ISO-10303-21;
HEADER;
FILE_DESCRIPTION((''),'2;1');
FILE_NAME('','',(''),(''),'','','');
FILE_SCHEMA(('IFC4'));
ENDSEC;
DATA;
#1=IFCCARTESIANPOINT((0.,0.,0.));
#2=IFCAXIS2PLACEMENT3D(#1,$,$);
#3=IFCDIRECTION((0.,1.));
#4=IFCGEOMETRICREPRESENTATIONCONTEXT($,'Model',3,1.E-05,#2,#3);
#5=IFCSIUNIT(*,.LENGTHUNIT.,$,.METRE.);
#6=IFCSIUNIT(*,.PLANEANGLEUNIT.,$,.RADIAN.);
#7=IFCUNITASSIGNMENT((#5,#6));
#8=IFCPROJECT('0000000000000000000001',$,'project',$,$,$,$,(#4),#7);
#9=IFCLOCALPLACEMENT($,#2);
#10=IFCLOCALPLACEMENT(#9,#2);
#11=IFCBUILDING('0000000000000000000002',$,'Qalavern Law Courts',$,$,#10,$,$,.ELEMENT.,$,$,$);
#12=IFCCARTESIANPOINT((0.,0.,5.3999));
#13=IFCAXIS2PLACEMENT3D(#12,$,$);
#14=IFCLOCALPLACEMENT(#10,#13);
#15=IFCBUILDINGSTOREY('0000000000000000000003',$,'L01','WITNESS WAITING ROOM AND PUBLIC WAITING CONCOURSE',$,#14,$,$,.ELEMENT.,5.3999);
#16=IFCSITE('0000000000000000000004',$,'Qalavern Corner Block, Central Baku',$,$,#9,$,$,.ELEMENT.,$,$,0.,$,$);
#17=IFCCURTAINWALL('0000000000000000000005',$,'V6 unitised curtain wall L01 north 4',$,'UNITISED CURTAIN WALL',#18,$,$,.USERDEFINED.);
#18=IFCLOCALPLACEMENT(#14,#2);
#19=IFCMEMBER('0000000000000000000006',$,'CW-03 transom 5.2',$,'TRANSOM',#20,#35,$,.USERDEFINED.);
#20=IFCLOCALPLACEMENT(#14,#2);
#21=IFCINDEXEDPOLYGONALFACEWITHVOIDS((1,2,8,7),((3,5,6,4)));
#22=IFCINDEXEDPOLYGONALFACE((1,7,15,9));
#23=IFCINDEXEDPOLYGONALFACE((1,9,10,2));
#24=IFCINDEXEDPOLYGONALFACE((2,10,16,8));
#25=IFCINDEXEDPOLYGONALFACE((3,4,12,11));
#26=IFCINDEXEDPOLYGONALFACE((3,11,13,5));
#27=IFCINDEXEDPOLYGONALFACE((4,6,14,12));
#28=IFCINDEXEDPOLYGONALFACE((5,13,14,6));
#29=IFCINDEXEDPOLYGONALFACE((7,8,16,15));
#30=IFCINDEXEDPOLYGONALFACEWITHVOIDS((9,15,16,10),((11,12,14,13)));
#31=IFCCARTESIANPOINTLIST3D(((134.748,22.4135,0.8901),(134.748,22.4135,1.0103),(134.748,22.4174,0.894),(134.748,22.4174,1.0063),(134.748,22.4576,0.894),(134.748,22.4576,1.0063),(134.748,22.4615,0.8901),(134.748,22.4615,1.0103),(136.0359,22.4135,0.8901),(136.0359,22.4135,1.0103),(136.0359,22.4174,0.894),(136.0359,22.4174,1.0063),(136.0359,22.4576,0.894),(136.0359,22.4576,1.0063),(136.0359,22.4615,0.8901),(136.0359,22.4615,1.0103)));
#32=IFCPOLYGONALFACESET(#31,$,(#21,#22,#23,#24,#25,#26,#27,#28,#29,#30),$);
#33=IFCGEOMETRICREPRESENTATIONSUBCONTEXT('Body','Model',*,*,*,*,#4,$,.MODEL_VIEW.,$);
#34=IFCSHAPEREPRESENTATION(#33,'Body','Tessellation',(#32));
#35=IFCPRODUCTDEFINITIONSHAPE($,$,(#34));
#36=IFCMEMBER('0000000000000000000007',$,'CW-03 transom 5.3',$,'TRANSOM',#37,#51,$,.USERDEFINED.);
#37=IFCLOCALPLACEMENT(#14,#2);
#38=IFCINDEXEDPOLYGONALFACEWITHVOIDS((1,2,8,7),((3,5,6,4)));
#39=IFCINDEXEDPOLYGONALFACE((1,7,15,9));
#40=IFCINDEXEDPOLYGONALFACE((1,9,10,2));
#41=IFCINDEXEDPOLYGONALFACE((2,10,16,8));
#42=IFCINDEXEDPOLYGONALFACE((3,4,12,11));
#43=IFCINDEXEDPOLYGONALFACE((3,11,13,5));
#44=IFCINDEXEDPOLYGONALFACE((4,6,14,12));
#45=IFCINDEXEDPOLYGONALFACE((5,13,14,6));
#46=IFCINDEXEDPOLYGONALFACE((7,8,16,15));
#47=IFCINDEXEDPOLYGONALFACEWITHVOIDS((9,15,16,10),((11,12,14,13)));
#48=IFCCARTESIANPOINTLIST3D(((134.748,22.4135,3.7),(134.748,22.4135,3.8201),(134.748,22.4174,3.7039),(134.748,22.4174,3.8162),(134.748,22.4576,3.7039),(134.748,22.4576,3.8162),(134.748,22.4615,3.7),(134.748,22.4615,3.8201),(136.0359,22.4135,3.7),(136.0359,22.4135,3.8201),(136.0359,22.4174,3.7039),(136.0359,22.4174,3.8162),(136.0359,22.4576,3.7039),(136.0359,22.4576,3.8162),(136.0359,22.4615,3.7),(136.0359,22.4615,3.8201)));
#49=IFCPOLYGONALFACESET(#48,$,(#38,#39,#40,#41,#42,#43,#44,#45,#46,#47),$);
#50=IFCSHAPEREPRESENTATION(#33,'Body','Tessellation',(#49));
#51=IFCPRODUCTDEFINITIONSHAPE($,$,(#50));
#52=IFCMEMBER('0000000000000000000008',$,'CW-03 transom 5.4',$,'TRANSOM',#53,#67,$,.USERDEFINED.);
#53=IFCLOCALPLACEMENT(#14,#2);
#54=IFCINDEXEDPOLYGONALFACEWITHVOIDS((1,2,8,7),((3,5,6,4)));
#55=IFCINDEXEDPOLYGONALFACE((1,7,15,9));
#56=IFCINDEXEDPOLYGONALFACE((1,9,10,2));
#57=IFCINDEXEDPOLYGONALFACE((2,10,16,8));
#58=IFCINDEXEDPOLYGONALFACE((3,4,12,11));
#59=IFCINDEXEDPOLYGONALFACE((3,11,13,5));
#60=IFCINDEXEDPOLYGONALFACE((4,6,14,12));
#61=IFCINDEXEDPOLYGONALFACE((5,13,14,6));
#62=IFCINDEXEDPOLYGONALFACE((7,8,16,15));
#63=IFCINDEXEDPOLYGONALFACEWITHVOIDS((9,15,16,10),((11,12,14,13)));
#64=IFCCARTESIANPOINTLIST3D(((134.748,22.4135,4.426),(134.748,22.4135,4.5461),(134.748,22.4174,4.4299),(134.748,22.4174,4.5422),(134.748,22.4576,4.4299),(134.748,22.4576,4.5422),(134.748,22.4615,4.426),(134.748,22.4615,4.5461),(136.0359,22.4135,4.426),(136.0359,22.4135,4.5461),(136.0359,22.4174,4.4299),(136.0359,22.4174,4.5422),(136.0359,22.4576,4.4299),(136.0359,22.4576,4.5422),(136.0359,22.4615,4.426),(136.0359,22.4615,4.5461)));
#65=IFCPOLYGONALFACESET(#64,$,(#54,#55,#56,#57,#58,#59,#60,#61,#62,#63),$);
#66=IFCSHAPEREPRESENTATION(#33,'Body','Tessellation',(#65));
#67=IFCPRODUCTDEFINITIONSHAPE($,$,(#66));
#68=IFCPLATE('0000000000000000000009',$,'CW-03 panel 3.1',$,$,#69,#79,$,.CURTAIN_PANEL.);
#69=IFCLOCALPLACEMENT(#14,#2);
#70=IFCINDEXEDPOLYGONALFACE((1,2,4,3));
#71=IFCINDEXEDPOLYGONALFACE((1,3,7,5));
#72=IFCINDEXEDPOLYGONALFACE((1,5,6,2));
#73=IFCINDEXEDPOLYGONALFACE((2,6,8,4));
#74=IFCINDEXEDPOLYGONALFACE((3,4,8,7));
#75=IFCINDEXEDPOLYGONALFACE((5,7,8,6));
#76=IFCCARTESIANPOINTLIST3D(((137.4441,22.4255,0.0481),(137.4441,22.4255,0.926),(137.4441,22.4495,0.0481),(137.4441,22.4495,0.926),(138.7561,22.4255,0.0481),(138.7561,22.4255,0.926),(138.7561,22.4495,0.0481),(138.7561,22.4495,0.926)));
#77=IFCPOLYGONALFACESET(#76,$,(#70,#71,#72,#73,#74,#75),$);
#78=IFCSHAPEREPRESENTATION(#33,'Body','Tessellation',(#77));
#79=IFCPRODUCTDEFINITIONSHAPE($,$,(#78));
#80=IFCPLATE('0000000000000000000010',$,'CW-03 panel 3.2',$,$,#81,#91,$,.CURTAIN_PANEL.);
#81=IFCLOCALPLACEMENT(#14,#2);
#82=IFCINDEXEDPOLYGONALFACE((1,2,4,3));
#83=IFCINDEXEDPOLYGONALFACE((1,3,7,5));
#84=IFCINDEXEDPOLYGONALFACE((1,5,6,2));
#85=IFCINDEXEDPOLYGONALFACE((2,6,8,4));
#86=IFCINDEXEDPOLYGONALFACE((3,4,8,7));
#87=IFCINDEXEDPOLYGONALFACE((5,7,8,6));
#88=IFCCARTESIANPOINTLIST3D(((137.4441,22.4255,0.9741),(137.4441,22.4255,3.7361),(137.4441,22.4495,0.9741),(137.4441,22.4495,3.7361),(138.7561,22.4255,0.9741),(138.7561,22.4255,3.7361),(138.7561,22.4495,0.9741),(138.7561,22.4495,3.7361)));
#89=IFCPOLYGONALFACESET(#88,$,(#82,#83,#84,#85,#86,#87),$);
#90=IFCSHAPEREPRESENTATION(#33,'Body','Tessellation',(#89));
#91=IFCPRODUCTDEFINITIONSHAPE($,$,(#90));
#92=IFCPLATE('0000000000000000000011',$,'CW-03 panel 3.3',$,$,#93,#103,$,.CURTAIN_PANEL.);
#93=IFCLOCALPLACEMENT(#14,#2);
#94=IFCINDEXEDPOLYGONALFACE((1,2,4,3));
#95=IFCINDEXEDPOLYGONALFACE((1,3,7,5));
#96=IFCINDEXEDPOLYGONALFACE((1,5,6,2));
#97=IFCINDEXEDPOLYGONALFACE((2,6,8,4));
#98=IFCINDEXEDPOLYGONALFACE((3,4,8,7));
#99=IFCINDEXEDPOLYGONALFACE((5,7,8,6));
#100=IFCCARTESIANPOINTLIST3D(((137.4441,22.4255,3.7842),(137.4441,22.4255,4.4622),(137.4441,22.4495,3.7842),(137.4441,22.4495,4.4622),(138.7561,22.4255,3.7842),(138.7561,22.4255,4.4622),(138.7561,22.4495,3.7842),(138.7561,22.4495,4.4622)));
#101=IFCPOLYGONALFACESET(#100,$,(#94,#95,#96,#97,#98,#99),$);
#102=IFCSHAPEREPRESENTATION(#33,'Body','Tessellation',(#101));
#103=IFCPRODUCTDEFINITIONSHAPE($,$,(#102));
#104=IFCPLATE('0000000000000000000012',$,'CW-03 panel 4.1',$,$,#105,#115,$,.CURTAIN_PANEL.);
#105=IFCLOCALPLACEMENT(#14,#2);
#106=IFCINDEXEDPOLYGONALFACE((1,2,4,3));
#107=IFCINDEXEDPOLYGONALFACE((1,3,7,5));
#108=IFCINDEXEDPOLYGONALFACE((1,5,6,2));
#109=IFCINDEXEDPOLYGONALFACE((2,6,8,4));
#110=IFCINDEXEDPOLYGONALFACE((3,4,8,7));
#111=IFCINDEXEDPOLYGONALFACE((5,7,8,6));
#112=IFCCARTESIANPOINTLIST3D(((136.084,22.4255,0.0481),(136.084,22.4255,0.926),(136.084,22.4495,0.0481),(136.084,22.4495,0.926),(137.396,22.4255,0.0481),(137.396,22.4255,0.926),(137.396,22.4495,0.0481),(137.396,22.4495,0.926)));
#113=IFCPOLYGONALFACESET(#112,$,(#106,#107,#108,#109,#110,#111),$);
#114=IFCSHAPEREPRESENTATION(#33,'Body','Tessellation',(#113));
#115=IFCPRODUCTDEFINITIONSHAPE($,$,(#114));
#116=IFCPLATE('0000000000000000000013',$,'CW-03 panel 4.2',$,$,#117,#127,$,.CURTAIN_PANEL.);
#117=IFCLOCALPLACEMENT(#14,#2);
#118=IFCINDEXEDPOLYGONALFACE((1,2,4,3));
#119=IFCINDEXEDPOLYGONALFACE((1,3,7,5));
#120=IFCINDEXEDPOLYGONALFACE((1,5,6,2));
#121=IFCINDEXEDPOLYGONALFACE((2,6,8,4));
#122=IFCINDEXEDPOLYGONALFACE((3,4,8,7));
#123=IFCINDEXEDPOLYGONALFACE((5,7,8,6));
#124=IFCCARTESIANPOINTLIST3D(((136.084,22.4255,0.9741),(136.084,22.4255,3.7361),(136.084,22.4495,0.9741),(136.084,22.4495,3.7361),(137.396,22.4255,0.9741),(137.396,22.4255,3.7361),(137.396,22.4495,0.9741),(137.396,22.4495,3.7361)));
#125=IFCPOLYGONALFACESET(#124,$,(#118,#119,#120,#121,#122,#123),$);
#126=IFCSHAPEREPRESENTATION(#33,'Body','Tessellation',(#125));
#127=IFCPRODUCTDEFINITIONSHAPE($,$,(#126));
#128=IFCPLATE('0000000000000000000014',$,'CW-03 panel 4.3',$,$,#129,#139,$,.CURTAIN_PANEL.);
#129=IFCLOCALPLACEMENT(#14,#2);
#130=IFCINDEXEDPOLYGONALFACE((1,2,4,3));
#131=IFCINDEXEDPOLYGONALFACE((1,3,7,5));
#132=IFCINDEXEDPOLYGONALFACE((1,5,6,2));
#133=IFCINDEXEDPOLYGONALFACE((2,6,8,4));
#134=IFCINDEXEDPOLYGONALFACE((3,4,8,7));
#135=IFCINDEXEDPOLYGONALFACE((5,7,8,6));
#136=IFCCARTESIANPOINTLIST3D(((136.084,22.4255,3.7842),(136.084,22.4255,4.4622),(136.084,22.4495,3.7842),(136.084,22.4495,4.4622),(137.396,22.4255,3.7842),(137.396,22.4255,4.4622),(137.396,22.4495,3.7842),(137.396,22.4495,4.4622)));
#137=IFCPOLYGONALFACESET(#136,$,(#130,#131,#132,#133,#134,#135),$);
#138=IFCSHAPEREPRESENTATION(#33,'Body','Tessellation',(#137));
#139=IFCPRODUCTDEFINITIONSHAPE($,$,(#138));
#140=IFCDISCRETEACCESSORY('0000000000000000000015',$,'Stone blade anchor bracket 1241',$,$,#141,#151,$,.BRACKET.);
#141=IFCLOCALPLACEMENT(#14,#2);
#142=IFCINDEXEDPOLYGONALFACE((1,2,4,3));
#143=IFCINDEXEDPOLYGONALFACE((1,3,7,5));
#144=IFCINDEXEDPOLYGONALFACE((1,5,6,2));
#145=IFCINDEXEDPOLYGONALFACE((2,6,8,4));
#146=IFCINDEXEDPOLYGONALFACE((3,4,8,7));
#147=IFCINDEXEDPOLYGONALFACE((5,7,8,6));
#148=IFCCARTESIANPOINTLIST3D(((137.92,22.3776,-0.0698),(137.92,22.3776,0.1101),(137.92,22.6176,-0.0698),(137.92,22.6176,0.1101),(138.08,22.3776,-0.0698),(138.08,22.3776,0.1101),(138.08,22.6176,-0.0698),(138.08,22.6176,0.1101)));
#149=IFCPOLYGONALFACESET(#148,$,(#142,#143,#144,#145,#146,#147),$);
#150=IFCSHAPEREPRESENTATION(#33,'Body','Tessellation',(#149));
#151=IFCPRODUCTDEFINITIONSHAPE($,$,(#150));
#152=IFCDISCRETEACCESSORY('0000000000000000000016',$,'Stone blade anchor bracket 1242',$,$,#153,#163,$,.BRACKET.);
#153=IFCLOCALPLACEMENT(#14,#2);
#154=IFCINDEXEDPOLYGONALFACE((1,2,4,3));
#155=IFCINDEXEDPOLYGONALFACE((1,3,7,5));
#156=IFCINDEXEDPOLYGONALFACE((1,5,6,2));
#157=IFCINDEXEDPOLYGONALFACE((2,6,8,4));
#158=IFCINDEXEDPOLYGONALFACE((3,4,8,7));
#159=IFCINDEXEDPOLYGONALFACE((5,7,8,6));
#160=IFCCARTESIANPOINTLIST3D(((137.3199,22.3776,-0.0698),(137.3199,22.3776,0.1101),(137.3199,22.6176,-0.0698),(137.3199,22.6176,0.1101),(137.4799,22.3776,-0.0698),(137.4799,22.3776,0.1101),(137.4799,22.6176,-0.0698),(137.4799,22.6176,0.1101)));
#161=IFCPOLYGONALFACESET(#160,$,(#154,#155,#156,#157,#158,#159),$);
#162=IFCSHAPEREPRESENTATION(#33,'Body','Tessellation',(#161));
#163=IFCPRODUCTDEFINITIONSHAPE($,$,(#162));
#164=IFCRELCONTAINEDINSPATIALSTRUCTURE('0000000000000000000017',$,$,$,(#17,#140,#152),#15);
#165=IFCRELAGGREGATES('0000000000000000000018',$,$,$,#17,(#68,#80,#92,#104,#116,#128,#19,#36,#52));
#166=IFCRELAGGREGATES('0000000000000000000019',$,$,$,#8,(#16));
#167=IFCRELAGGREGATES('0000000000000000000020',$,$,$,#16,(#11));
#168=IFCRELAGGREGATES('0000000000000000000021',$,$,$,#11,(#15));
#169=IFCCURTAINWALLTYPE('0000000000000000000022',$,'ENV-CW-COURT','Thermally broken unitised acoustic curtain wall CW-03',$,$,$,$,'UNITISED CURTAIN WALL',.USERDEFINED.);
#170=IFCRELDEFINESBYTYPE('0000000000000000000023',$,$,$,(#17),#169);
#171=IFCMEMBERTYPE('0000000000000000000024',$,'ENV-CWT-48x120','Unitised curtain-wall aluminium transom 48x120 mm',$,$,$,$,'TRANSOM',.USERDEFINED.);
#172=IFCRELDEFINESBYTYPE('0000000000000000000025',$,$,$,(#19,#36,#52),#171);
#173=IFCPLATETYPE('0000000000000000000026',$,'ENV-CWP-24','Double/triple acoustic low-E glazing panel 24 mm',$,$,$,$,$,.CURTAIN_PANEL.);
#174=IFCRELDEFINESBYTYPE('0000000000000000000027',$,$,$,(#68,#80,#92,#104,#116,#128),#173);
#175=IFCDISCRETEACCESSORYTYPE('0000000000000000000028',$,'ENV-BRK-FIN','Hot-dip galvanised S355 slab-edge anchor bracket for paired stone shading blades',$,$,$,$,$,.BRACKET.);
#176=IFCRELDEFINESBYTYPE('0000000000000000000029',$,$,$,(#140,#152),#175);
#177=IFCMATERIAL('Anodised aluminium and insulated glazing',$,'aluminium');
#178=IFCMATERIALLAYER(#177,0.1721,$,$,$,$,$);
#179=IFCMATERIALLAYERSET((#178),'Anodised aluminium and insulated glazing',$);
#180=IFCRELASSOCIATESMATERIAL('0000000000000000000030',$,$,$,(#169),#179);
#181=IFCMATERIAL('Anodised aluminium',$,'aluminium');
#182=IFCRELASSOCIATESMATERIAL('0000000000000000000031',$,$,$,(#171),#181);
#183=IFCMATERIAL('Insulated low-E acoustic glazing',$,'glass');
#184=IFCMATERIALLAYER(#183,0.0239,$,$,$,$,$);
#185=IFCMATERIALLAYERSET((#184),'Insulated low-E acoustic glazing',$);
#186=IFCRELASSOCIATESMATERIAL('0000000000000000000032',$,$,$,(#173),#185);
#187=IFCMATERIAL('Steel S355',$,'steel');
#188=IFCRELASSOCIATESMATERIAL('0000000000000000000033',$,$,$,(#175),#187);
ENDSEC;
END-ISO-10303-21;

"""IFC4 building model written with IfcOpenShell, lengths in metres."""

from ifc_helpers import new_model, si_unit, direction, frame, origin, origin_2d, place, context, subcontext, project, spatial, rectangle, hollow_rectangle, extrude, material, layer, layer_set, material_profile, profile_set, type_object, element, aggregate, save


model = new_model("IFC4")

# Units and contexts
model_context = context("Model", 3, precision=1e-05, world=origin(), true_north=direction((0.0, 1.0)))
body_context = subcontext(model_context, "Body", "Model", "MODEL_VIEW")
ifc_project = project(units=[si_unit("LENGTHUNIT", "METRE"), si_unit("PLANEANGLEUNIT", "RADIAN")], contexts=[model_context])

# Site, building, storey
site_placement = place(None, origin())
site = spatial("IfcSite", under=ifc_project, at=site_placement, Name="Qalavern Corner Block, Central Baku", CompositionType="ELEMENT", RefElevation=0.0)
building_placement = place(site_placement, origin())
building = spatial("IfcBuilding", under=site, at=building_placement, Name="Qalavern Law Courts", CompositionType="ELEMENT")
storey_placement = place(building_placement, frame((0.0, 0.0, 5.3999)))
storey = spatial("IfcBuildingStorey", under=building, at=storey_placement, Name="L01", Description="WITNESS WAITING ROOM AND PUBLIC WAITING CONCOURSE", CompositionType="ELEMENT", Elevation=5.3999)

# Curtain wall, members, plates
ifc_material_1 = material(Name="Anodised aluminium and insulated glazing", Category="aluminium")
ifc_layer_1 = layer(ifc_material_1, 0.1721)
ifc_layer_set_1 = layer_set([ifc_layer_1], Name="Anodised aluminium and insulated glazing")
curtain_wall_type = type_object("IfcCurtainWallType", Name="ENV-CW-COURT", Description="Thermally broken unitised acoustic curtain wall CW-03", ElementType="UNITISED CURTAIN WALL", PredefinedType="USERDEFINED", material=ifc_layer_set_1)
curtain_wall_placement = place(storey_placement, origin())
curtain_wall = element("IfcCurtainWall", 1, at=curtain_wall_placement, inside=storey, type_object=curtain_wall_type, Name="V6 unitised curtain wall L01 north 4", ObjectType="UNITISED CURTAIN WALL", PredefinedType="USERDEFINED")
ifc_material_2 = material(Name="Anodised aluminium", Category="aluminium")
ifc_material_profile_1 = material_profile(ifc_material_2, hollow_rectangle(XDim=0.0481, YDim=0.1201, WallThickness=0.0039, at=origin_2d()), Name="ALU TRANSOM 48x120")
ifc_profile_set_1 = profile_set([ifc_material_profile_1], Name="Anodised aluminium")
member_type_1 = type_object("IfcMemberType", Name="ENV-CWT-48x120", Description="Unitised curtain-wall aluminium transom 48x120 mm", ElementType="TRANSOM", PredefinedType="USERDEFINED", material=ifc_profile_set_1)
member_1_placement = place(storey_placement, frame((136.0359, 22.4375, 0.9502), z_axis=(-1.0, 0.0, 0.0), x_axis=(0.0, -1.0, 0.0)))
member_1 = element("IfcMember", 2, at=member_1_placement, type_object=member_type_1, Name="CW-03 transom 5.2", ObjectType="TRANSOM", PredefinedType="USERDEFINED", context=body_context, shape_type="SweptSolid", body=[
    extrude(hollow_rectangle(XDim=0.0481, YDim=0.1201, WallThickness=0.0039, at=origin_2d()), origin(), (0.0, 0.0, 1.0), 1.2878),
])
member_2_placement = place(storey_placement, frame((136.0359, 22.4375, 3.76), z_axis=(-1.0, 0.0, 0.0), x_axis=(0.0, -1.0, 0.0)))
member_2 = element("IfcMember", 3, at=member_2_placement, type_object=member_type_1, Name="CW-03 transom 5.3", ObjectType="TRANSOM", PredefinedType="USERDEFINED", context=body_context, shape_type="SweptSolid", body=[
    extrude(hollow_rectangle(XDim=0.0481, YDim=0.1201, WallThickness=0.0039, at=origin_2d()), origin(), (0.0, 0.0, 1.0), 1.2878),
])
member_3_placement = place(storey_placement, frame((136.0359, 22.4375, 4.4861), z_axis=(-1.0, 0.0, 0.0), x_axis=(0.0, -1.0, 0.0)))
member_3 = element("IfcMember", 4, at=member_3_placement, type_object=member_type_1, Name="CW-03 transom 5.4", ObjectType="TRANSOM", PredefinedType="USERDEFINED", context=body_context, shape_type="SweptSolid", body=[
    extrude(hollow_rectangle(XDim=0.0481, YDim=0.1201, WallThickness=0.0039, at=origin_2d()), origin(), (0.0, 0.0, 1.0), 1.2878),
])
ifc_material_3 = material(Name="Insulated low-E acoustic glazing", Category="glass")
ifc_layer_2 = layer(ifc_material_3, 0.0239)
ifc_layer_set_2 = layer_set([ifc_layer_2], Name="Insulated low-E acoustic glazing")
plate_type = type_object("IfcPlateType", Name="ENV-CWP-24", Description="Double/triple acoustic low-E glazing panel 24 mm", PredefinedType="CURTAIN_PANEL", material=ifc_layer_set_2)
plate_1_placement = place(storey_placement, frame((138.1001, 22.4375, 0.0481), z_axis=(0.0, 0.0, 1.0), x_axis=(-1.0, 0.0, 0.0)))
plate_1 = element("IfcPlate", 5, at=plate_1_placement, type_object=plate_type, Name="CW-03 panel 3.1", PredefinedType="CURTAIN_PANEL", context=body_context, shape_type="SweptSolid", body=[
    extrude(rectangle(XDim=1.312, YDim=0.0239, at=origin_2d()), origin(), (0.0, 0.0, 1.0), 0.8779),
])
plate_2_placement = place(storey_placement, frame((138.1001, 22.4375, 0.9741), z_axis=(0.0, 0.0, 1.0), x_axis=(-1.0, 0.0, 0.0)))
plate_2 = element("IfcPlate", 6, at=plate_2_placement, type_object=plate_type, Name="CW-03 panel 3.2", PredefinedType="CURTAIN_PANEL", context=body_context, shape_type="SweptSolid", body=[
    extrude(rectangle(XDim=1.312, YDim=0.0239, at=origin_2d()), origin(), (0.0, 0.0, 1.0), 2.762),
])
plate_3_placement = place(storey_placement, frame((138.1001, 22.4375, 3.7842), z_axis=(0.0, 0.0, 1.0), x_axis=(-1.0, 0.0, 0.0)))
plate_3 = element("IfcPlate", 7, at=plate_3_placement, type_object=plate_type, Name="CW-03 panel 3.3", PredefinedType="CURTAIN_PANEL", context=body_context, shape_type="SweptSolid", body=[
    extrude(rectangle(XDim=1.312, YDim=0.0239, at=origin_2d()), origin(), (0.0, 0.0, 1.0), 0.678),
])
plate_4_placement = place(storey_placement, frame((136.74, 22.4375, 0.0481), z_axis=(0.0, 0.0, 1.0), x_axis=(-1.0, 0.0, 0.0)))
plate_4 = element("IfcPlate", 8, at=plate_4_placement, type_object=plate_type, Name="CW-03 panel 4.1", PredefinedType="CURTAIN_PANEL", context=body_context, shape_type="SweptSolid", body=[
    extrude(rectangle(XDim=1.312, YDim=0.0239, at=origin_2d()), origin(), (0.0, 0.0, 1.0), 0.8779),
])
plate_5_placement = place(storey_placement, frame((136.74, 22.4375, 0.9741), z_axis=(0.0, 0.0, 1.0), x_axis=(-1.0, 0.0, 0.0)))
plate_5 = element("IfcPlate", 9, at=plate_5_placement, type_object=plate_type, Name="CW-03 panel 4.2", PredefinedType="CURTAIN_PANEL", context=body_context, shape_type="SweptSolid", body=[
    extrude(rectangle(XDim=1.312, YDim=0.0239, at=origin_2d()), origin(), (0.0, 0.0, 1.0), 2.762),
])
plate_6_placement = place(storey_placement, frame((136.74, 22.4375, 3.7842), z_axis=(0.0, 0.0, 1.0), x_axis=(-1.0, 0.0, 0.0)))
plate_6 = element("IfcPlate", 10, at=plate_6_placement, type_object=plate_type, Name="CW-03 panel 4.3", PredefinedType="CURTAIN_PANEL", context=body_context, shape_type="SweptSolid", body=[
    extrude(rectangle(XDim=1.312, YDim=0.0239, at=origin_2d()), origin(), (0.0, 0.0, 1.0), 0.678),
])
aggregate(curtain_wall, [plate_1, plate_2, plate_3, plate_4, plate_5, plate_6, member_1, member_2, member_3])

# Discrete accessories
ifc_material_4 = material(Name="Steel S355", Category="steel")
discrete_accessory_type = type_object("IfcDiscreteAccessoryType", Name="ENV-BRK-FIN", Description="Hot-dip galvanised S355 slab-edge anchor bracket for paired stone shading blades", PredefinedType="BRACKET", material=ifc_material_4)
for number, where, z_axis, x_axis, name in (
    (11, (138.0, 22.4976, -0.0698), (0.0, 0.0, 1.0), (0.0, 1.0, 0.0), "Stone blade anchor bracket 1241"),
    (12, (137.3999, 22.4976, -0.0698), (0.0, 0.0, 1.0), (0.0, 1.0, 0.0), "Stone blade anchor bracket 1242"),
):
    element("IfcDiscreteAccessory", number, at=place(storey_placement, frame(where, z_axis=z_axis, x_axis=x_axis)), inside=storey, type_object=discrete_accessory_type, Name=name, PredefinedType="BRACKET", context=body_context, shape_type="SweptSolid", body=[
        extrude(rectangle(XDim=0.24, YDim=0.1599, at=origin_2d()), origin(), (0.0, 0.0, 1.0), 0.1799),
    ])

save(model, "model.ifc")
